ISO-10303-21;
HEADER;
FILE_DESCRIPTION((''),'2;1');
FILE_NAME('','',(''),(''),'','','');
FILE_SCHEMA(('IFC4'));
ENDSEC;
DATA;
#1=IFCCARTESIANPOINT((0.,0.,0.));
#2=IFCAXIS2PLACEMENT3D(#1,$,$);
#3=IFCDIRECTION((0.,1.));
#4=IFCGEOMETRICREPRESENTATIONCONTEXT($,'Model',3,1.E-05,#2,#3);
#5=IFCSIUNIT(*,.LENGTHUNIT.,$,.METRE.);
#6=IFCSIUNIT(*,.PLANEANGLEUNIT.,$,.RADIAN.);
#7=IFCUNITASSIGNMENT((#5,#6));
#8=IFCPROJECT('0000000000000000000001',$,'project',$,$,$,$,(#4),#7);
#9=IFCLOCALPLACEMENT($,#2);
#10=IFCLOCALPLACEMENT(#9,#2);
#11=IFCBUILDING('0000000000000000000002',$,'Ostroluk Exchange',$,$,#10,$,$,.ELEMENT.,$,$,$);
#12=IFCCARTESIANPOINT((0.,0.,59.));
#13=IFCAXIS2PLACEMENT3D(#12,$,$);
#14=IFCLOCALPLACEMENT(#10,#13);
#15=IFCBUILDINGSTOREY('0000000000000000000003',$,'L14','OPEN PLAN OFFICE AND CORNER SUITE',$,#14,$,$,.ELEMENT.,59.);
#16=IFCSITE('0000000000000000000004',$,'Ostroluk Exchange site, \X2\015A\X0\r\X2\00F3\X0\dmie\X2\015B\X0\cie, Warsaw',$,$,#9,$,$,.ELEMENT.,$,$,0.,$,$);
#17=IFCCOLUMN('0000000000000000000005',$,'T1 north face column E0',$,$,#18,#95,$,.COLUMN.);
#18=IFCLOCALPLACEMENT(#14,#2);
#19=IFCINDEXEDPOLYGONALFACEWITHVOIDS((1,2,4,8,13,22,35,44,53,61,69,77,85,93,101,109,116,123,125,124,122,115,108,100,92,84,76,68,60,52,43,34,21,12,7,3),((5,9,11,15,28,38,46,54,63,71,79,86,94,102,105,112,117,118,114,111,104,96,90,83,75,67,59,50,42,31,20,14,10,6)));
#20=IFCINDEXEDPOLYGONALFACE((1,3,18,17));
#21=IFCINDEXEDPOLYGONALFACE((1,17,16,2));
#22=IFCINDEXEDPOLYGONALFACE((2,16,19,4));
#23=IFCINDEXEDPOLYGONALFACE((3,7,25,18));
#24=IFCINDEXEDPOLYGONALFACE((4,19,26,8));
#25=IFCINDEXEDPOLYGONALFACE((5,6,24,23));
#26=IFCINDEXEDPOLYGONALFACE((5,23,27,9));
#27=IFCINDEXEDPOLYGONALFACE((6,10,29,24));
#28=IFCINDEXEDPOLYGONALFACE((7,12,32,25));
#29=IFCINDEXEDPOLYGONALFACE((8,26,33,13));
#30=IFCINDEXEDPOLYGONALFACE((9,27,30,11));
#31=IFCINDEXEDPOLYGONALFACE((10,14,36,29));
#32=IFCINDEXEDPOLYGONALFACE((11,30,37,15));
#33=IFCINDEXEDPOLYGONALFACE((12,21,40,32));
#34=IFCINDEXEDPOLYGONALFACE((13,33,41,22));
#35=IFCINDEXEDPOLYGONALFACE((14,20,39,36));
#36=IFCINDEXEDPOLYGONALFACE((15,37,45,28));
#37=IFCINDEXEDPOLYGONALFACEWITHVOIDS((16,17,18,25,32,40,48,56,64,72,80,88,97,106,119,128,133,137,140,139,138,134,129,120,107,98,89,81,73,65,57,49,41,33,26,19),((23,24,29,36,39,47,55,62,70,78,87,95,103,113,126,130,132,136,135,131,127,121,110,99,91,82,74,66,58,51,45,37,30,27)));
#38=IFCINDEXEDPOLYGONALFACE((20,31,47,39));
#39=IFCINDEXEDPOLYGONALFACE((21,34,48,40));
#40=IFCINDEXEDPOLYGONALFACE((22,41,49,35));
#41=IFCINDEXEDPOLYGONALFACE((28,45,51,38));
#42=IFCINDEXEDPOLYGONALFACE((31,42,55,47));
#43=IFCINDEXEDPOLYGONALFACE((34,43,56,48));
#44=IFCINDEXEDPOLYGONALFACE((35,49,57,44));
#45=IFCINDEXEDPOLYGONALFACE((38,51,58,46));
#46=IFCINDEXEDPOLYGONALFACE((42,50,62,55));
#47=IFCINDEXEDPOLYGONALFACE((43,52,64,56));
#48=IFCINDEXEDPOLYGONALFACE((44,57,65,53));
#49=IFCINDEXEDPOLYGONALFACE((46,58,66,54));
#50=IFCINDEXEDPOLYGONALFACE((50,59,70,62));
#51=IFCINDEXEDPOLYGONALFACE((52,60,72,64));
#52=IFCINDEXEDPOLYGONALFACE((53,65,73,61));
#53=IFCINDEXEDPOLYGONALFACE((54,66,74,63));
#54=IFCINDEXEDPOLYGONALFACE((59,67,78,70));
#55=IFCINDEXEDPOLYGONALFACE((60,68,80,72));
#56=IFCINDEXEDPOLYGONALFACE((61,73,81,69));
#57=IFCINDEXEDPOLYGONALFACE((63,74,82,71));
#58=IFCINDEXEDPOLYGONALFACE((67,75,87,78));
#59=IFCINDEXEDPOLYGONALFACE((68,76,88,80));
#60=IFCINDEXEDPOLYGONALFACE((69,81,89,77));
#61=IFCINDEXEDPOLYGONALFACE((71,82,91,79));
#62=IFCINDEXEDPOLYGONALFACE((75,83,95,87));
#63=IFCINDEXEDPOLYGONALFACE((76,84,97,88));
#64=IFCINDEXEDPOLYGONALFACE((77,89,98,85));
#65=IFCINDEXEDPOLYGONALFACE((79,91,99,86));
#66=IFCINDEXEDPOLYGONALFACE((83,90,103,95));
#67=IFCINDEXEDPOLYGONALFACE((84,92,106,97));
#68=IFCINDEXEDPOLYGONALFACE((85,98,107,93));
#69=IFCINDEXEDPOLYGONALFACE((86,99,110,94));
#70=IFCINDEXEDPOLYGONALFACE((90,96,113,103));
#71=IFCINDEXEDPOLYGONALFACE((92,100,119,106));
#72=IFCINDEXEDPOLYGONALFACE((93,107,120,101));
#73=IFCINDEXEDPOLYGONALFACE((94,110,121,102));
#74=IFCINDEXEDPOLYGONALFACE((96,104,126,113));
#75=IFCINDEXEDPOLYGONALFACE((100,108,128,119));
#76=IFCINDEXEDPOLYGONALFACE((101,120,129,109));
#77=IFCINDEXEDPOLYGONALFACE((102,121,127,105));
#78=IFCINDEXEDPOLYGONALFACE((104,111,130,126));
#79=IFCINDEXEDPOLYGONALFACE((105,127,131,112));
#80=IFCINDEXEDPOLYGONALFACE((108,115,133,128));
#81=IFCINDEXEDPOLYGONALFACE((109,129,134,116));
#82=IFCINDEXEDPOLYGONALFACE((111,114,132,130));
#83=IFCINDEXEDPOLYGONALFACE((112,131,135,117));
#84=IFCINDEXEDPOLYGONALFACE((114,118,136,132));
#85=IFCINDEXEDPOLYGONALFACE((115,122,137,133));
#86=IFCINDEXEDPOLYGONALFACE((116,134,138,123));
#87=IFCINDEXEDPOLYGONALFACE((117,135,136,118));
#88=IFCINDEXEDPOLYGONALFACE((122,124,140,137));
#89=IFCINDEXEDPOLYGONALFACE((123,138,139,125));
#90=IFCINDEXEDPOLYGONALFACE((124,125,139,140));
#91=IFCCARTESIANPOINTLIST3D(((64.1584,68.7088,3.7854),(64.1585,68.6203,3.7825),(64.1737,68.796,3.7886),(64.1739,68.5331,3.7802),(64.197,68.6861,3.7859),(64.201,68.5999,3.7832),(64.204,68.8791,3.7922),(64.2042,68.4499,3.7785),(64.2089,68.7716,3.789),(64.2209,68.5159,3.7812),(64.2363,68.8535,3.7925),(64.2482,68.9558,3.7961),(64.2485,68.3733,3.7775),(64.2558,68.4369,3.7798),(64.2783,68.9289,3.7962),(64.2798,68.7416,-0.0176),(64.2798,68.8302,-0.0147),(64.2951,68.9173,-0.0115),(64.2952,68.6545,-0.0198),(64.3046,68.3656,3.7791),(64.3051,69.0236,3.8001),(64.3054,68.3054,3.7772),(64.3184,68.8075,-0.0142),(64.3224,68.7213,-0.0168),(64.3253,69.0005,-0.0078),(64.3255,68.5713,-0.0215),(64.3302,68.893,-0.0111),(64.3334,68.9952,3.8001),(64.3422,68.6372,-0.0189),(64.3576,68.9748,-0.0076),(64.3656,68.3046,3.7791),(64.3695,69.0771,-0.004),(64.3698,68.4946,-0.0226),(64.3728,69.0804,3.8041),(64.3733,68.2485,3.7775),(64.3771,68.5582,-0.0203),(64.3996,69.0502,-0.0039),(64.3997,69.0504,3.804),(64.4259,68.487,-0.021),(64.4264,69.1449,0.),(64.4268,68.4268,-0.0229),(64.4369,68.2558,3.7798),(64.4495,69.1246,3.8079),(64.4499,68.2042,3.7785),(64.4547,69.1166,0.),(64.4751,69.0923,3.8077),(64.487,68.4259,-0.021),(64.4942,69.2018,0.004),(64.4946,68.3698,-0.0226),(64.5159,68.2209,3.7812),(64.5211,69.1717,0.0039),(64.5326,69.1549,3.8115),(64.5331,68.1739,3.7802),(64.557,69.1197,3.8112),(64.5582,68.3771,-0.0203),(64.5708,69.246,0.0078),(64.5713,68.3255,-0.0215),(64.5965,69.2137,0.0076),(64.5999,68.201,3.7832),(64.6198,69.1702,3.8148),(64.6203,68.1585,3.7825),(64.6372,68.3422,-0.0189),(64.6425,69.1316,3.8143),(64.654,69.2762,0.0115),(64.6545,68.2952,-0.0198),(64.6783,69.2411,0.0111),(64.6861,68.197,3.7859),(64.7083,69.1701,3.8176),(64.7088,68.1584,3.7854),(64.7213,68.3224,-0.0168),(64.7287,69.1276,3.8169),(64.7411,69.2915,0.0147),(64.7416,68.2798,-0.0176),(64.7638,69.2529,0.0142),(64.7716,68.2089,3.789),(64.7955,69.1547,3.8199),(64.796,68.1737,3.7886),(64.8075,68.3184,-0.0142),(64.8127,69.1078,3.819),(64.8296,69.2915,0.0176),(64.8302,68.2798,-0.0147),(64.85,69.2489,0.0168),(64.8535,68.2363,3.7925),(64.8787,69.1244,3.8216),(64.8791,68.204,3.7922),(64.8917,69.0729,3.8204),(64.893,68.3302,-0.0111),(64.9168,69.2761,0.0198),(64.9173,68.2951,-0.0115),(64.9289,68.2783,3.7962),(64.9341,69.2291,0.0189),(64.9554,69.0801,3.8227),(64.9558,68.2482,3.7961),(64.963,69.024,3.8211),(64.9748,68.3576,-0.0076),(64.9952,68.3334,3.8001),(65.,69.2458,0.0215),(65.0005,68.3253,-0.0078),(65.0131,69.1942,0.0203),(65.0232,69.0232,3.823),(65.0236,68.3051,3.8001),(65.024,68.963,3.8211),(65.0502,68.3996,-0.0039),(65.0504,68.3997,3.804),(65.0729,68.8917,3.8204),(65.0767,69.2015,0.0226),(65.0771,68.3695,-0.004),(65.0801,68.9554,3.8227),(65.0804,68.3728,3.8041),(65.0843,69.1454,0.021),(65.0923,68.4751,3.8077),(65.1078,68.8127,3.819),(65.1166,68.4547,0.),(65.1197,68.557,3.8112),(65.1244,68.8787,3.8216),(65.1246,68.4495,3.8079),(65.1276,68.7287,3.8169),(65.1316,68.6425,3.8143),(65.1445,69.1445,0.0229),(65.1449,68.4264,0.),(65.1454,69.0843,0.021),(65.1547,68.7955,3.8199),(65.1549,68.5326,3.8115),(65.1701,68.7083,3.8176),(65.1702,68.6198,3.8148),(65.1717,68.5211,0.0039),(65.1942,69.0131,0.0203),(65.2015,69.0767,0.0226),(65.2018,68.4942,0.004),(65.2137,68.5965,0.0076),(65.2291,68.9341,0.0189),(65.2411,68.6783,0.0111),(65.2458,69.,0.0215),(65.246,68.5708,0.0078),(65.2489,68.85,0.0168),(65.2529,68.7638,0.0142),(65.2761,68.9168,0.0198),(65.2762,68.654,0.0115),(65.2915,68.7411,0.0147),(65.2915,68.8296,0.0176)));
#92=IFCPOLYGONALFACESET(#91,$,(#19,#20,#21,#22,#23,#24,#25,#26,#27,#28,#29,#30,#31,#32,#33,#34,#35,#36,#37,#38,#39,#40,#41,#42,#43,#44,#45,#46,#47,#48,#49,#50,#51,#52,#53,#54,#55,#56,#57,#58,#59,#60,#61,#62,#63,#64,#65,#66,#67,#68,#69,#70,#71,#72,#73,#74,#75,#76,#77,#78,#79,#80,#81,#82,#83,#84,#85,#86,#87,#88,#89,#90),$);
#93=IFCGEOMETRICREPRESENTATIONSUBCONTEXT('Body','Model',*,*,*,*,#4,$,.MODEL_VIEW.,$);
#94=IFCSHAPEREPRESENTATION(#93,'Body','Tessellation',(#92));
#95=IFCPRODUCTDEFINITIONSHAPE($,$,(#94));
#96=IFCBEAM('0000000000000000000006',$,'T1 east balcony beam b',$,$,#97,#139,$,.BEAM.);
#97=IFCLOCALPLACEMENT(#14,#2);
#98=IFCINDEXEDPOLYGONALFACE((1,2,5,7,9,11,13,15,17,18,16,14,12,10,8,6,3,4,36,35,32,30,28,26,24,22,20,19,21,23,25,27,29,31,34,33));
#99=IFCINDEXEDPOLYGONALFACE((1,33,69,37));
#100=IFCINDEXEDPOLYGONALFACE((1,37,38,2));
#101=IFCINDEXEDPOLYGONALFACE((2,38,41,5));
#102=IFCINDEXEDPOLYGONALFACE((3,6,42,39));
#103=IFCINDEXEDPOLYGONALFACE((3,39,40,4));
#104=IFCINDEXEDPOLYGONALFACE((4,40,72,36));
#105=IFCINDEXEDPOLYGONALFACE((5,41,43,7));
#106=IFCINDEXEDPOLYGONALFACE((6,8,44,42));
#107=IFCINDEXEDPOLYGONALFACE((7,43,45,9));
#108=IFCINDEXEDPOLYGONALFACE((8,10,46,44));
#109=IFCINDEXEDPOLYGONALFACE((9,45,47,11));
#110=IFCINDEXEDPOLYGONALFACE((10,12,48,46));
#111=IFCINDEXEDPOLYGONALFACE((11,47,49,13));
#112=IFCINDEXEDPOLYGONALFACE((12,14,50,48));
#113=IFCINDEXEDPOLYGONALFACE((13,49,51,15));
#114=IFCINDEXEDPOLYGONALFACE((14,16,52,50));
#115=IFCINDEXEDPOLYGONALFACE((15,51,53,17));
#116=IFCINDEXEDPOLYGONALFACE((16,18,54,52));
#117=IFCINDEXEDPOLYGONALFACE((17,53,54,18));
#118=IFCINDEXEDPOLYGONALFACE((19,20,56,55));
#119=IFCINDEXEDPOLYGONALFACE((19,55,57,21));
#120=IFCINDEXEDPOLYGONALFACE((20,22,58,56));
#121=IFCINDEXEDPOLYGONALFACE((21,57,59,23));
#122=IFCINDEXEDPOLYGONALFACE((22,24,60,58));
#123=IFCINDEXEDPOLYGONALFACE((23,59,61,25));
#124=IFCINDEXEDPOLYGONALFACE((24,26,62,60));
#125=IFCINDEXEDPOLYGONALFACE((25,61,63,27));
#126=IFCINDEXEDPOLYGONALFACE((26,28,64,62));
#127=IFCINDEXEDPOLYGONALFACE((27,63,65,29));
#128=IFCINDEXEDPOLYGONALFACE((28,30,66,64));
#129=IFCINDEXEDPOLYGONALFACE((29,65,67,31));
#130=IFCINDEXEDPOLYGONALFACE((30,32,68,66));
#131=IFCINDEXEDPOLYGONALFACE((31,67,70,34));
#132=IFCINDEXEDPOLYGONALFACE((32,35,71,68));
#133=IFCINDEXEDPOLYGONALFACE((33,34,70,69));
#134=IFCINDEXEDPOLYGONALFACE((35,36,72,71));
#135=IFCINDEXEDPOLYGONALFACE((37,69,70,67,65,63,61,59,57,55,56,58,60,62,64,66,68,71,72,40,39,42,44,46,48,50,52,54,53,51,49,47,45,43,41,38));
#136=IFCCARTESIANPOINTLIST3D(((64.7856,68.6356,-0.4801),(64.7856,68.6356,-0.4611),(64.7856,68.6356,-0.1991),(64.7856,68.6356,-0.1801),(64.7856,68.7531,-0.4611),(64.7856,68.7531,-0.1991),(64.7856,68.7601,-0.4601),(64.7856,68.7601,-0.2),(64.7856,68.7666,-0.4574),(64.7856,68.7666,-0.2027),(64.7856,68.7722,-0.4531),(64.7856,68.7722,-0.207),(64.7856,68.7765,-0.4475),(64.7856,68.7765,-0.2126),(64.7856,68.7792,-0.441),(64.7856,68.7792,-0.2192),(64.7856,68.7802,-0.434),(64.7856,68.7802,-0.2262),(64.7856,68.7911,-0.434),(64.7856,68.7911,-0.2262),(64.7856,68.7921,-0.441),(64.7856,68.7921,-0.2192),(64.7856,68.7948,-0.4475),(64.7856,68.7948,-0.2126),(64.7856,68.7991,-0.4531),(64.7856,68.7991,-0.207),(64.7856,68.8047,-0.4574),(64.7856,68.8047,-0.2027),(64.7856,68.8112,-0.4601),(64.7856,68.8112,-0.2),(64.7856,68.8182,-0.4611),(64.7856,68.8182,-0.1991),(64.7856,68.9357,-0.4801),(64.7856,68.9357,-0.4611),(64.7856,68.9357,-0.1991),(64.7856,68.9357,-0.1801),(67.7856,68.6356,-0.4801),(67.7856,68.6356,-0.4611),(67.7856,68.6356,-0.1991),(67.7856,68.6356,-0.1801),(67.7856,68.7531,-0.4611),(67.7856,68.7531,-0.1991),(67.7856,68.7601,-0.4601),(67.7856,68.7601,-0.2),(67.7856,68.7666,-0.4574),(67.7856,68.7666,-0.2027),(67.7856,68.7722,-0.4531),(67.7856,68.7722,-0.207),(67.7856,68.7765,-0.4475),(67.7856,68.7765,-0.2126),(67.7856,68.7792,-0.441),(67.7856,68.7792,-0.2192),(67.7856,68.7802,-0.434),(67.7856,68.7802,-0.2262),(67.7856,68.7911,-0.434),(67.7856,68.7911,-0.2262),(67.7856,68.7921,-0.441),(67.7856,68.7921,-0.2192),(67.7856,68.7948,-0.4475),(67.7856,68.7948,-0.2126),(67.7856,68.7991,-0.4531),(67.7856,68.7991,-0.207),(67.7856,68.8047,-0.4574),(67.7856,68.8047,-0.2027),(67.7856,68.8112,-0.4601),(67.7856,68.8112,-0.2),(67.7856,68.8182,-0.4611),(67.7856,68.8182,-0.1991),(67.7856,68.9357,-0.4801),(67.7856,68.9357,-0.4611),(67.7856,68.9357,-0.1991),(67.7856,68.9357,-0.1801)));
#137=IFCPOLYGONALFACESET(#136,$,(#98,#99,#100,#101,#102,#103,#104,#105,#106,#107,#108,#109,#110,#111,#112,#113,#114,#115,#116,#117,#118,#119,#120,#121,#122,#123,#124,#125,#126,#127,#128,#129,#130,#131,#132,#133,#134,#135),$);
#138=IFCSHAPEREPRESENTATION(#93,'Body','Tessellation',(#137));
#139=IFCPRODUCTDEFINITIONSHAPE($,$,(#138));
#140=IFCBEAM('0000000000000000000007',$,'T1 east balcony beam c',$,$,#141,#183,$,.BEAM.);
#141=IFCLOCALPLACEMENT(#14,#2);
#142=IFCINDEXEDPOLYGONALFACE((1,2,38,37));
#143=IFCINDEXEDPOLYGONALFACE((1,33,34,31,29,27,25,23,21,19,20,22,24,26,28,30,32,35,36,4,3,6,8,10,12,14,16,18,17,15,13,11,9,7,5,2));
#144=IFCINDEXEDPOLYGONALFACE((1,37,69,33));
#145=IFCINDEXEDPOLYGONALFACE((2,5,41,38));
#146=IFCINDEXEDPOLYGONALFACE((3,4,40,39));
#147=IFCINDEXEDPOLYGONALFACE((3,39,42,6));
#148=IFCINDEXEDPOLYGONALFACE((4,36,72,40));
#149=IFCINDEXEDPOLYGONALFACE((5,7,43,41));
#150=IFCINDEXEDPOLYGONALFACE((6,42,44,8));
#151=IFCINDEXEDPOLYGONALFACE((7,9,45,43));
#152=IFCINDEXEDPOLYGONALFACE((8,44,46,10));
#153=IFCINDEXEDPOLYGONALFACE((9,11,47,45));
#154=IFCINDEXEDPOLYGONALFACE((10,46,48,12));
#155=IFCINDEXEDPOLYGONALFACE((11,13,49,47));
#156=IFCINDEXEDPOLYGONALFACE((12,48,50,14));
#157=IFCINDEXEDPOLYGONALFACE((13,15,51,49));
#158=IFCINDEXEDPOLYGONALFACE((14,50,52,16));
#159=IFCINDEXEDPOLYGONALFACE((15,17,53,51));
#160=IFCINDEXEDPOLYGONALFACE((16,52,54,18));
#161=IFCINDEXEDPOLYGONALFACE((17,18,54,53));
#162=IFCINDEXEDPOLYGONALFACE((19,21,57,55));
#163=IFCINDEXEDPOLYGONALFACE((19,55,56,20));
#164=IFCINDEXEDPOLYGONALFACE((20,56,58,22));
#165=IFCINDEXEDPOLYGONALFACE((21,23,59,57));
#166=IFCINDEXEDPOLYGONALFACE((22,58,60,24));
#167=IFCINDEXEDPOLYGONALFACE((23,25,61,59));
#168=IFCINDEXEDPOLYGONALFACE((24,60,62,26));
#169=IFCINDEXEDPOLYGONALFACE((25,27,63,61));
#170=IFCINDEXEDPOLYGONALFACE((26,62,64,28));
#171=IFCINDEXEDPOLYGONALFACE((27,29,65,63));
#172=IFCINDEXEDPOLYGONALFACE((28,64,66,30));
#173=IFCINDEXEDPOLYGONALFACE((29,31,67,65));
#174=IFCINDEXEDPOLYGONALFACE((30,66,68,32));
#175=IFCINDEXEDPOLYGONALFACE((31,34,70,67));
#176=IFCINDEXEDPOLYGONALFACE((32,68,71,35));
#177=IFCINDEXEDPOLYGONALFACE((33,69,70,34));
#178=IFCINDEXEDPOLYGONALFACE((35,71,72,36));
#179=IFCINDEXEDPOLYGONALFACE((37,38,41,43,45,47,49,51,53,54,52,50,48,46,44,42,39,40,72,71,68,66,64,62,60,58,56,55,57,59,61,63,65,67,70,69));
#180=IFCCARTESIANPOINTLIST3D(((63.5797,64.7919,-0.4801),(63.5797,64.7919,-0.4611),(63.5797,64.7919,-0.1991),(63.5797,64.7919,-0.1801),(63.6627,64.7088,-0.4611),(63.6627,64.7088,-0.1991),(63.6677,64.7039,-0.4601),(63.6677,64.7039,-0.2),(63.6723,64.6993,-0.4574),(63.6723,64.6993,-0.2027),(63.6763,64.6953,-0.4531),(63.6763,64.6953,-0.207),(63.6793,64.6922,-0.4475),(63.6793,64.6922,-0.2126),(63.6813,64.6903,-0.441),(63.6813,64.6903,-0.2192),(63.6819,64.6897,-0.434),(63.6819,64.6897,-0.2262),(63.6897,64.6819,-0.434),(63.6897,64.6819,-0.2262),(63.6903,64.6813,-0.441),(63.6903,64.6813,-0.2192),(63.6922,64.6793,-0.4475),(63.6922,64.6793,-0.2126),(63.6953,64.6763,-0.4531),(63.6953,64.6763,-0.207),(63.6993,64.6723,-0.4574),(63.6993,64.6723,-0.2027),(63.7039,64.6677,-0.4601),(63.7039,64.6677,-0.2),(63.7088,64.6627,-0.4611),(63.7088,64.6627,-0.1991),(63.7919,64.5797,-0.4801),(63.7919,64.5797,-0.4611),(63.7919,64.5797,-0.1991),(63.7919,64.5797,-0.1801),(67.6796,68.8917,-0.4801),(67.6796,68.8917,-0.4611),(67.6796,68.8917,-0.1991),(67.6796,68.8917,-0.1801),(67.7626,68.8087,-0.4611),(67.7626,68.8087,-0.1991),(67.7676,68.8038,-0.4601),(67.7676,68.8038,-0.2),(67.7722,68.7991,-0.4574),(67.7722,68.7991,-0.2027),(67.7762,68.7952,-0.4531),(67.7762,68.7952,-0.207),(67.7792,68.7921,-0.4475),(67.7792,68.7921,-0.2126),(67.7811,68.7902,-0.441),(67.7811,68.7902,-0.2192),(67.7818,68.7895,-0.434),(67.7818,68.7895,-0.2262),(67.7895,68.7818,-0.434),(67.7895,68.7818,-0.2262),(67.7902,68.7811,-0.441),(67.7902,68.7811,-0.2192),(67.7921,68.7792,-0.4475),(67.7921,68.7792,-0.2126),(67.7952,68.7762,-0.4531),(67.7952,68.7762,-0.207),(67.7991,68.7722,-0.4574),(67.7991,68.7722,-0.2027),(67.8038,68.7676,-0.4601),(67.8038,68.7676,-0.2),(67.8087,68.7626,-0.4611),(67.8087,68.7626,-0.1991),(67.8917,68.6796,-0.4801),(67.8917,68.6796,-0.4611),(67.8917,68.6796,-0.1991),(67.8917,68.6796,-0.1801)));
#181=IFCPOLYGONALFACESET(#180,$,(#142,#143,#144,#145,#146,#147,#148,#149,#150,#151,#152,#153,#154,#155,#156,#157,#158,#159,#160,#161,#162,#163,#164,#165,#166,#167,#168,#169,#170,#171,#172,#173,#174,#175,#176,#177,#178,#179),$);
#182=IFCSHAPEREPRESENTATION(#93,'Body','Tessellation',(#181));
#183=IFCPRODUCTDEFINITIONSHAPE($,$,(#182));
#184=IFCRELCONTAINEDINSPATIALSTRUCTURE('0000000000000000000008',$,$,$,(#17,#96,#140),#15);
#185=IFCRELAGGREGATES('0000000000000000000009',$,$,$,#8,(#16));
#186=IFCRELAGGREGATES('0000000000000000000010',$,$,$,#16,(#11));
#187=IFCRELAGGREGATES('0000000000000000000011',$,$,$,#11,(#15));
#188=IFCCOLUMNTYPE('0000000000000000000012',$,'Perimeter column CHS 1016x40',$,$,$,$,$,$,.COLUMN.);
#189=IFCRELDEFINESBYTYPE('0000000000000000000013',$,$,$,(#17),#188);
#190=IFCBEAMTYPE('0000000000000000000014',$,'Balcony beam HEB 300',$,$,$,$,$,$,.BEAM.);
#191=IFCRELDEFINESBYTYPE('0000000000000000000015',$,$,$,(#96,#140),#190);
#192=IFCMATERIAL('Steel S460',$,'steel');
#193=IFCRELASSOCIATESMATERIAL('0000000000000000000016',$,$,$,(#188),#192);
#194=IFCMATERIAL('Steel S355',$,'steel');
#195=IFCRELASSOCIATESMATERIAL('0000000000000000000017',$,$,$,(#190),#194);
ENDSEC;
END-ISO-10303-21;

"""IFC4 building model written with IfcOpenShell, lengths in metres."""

from ifc_helpers import new_model, si_unit, direction, frame, origin, origin_2d, place, context, subcontext, project, spatial, hollow_circle, i_section, extrude, material, material_profile, profile_set, type_object, element, save


model = new_model("IFC4")

# Units and contexts
model_context = context("Model", 3, precision=1e-05, world=origin(), true_north=direction((0.0, 1.0)))
body_context = subcontext(model_context, "Body", "Model", "MODEL_VIEW")
ifc_project = project(units=[si_unit("LENGTHUNIT", "METRE"), si_unit("PLANEANGLEUNIT", "RADIAN")], contexts=[model_context])

# Site, building, storey
site_placement = place(None, origin())
site = spatial("IfcSite", under=ifc_project, at=site_placement, Name="Ostroluk Exchange site, Śródmieście, Warsaw", CompositionType="ELEMENT", RefElevation=0.0)
building_placement = place(site_placement, origin())
building = spatial("IfcBuilding", under=site, at=building_placement, Name="Ostroluk Exchange", CompositionType="ELEMENT")
storey_placement = place(building_placement, frame((0.0, 0.0, 59.0)))
storey = spatial("IfcBuildingStorey", under=building, at=storey_placement, Name="L14", Description="OPEN PLAN OFFICE AND CORNER SUITE", CompositionType="ELEMENT", Elevation=59.0)

# Column
ifc_material_1 = material(Name="Steel S460", Category="steel")
ifc_material_profile_1 = material_profile(ifc_material_1, hollow_circle(Radius=0.5081, WallThickness=0.04, at=origin_2d()), Name="CHS 1016x40")
ifc_profile_set_1 = profile_set([ifc_material_profile_1], Name="Steel S460")
column_type_1 = type_object("IfcColumnType", Name="Perimeter column CHS 1016x40", PredefinedType="COLUMN", material=ifc_profile_set_1)
column_1_placement = place(storey_placement, frame((64.7856, 68.7856, 0.0), z_axis=(-0.031898, -0.031898, 0.998982), x_axis=(0.707107, -0.707107, 0.0)))
element("IfcColumn", 1, at=column_1_placement, inside=storey, type_object=column_type_1, Name="T1 north face column E0", PredefinedType="COLUMN", context=body_context, shape_type="SweptSolid", body=[
    extrude(hollow_circle(Radius=0.5081, WallThickness=0.04, at=origin_2d()), origin(), (0.0, 0.0, 1.0), 3.804),
])

# Beams
ifc_material_2 = material(Name="Steel S355", Category="steel")
ifc_material_profile_2 = material_profile(ifc_material_2, i_section(OverallWidth=0.3, OverallDepth=0.3, WebThickness=0.011, FlangeThickness=0.019, FilletRadius=0.0271, at=origin_2d()), Name="HEB 300")
ifc_profile_set_2 = profile_set([ifc_material_profile_2], Name="Steel S355")
beam_type_1 = type_object("IfcBeamType", Name="Balcony beam HEB 300", PredefinedType="BEAM", material=ifc_profile_set_2)
beam_1_placement = place(storey_placement, frame((64.7856, 68.7856, -0.3301), z_axis=(1.0, 0.0, 0.0), x_axis=(0.0, 1.0, 0.0)))
element("IfcBeam", 2, at=beam_1_placement, inside=storey, type_object=beam_type_1, Name="T1 east balcony beam b", PredefinedType="BEAM", context=body_context, shape_type="SweptSolid", body=[
    extrude(i_section(OverallWidth=0.3, OverallDepth=0.3, WebThickness=0.011, FlangeThickness=0.019, FilletRadius=0.0271, at=origin_2d()), origin(), (0.0, 0.0, 1.0), 3.0),
])
beam_2_placement = place(storey_placement, frame((63.6858, 64.6858, -0.3301), z_axis=(0.707107, 0.707107, 0.0), x_axis=(-0.707107, 0.707107, 0.0)))
element("IfcBeam", 3, at=beam_2_placement, inside=storey, type_object=beam_type_1, Name="T1 east balcony beam c", PredefinedType="BEAM", context=body_context, shape_type="SweptSolid", body=[
    extrude(i_section(OverallWidth=0.3, OverallDepth=0.3, WebThickness=0.011, FlangeThickness=0.019, FilletRadius=0.0271, at=origin_2d()), origin(), (0.0, 0.0, 1.0), 5.7981),
])

save(model, "model.ifc")
